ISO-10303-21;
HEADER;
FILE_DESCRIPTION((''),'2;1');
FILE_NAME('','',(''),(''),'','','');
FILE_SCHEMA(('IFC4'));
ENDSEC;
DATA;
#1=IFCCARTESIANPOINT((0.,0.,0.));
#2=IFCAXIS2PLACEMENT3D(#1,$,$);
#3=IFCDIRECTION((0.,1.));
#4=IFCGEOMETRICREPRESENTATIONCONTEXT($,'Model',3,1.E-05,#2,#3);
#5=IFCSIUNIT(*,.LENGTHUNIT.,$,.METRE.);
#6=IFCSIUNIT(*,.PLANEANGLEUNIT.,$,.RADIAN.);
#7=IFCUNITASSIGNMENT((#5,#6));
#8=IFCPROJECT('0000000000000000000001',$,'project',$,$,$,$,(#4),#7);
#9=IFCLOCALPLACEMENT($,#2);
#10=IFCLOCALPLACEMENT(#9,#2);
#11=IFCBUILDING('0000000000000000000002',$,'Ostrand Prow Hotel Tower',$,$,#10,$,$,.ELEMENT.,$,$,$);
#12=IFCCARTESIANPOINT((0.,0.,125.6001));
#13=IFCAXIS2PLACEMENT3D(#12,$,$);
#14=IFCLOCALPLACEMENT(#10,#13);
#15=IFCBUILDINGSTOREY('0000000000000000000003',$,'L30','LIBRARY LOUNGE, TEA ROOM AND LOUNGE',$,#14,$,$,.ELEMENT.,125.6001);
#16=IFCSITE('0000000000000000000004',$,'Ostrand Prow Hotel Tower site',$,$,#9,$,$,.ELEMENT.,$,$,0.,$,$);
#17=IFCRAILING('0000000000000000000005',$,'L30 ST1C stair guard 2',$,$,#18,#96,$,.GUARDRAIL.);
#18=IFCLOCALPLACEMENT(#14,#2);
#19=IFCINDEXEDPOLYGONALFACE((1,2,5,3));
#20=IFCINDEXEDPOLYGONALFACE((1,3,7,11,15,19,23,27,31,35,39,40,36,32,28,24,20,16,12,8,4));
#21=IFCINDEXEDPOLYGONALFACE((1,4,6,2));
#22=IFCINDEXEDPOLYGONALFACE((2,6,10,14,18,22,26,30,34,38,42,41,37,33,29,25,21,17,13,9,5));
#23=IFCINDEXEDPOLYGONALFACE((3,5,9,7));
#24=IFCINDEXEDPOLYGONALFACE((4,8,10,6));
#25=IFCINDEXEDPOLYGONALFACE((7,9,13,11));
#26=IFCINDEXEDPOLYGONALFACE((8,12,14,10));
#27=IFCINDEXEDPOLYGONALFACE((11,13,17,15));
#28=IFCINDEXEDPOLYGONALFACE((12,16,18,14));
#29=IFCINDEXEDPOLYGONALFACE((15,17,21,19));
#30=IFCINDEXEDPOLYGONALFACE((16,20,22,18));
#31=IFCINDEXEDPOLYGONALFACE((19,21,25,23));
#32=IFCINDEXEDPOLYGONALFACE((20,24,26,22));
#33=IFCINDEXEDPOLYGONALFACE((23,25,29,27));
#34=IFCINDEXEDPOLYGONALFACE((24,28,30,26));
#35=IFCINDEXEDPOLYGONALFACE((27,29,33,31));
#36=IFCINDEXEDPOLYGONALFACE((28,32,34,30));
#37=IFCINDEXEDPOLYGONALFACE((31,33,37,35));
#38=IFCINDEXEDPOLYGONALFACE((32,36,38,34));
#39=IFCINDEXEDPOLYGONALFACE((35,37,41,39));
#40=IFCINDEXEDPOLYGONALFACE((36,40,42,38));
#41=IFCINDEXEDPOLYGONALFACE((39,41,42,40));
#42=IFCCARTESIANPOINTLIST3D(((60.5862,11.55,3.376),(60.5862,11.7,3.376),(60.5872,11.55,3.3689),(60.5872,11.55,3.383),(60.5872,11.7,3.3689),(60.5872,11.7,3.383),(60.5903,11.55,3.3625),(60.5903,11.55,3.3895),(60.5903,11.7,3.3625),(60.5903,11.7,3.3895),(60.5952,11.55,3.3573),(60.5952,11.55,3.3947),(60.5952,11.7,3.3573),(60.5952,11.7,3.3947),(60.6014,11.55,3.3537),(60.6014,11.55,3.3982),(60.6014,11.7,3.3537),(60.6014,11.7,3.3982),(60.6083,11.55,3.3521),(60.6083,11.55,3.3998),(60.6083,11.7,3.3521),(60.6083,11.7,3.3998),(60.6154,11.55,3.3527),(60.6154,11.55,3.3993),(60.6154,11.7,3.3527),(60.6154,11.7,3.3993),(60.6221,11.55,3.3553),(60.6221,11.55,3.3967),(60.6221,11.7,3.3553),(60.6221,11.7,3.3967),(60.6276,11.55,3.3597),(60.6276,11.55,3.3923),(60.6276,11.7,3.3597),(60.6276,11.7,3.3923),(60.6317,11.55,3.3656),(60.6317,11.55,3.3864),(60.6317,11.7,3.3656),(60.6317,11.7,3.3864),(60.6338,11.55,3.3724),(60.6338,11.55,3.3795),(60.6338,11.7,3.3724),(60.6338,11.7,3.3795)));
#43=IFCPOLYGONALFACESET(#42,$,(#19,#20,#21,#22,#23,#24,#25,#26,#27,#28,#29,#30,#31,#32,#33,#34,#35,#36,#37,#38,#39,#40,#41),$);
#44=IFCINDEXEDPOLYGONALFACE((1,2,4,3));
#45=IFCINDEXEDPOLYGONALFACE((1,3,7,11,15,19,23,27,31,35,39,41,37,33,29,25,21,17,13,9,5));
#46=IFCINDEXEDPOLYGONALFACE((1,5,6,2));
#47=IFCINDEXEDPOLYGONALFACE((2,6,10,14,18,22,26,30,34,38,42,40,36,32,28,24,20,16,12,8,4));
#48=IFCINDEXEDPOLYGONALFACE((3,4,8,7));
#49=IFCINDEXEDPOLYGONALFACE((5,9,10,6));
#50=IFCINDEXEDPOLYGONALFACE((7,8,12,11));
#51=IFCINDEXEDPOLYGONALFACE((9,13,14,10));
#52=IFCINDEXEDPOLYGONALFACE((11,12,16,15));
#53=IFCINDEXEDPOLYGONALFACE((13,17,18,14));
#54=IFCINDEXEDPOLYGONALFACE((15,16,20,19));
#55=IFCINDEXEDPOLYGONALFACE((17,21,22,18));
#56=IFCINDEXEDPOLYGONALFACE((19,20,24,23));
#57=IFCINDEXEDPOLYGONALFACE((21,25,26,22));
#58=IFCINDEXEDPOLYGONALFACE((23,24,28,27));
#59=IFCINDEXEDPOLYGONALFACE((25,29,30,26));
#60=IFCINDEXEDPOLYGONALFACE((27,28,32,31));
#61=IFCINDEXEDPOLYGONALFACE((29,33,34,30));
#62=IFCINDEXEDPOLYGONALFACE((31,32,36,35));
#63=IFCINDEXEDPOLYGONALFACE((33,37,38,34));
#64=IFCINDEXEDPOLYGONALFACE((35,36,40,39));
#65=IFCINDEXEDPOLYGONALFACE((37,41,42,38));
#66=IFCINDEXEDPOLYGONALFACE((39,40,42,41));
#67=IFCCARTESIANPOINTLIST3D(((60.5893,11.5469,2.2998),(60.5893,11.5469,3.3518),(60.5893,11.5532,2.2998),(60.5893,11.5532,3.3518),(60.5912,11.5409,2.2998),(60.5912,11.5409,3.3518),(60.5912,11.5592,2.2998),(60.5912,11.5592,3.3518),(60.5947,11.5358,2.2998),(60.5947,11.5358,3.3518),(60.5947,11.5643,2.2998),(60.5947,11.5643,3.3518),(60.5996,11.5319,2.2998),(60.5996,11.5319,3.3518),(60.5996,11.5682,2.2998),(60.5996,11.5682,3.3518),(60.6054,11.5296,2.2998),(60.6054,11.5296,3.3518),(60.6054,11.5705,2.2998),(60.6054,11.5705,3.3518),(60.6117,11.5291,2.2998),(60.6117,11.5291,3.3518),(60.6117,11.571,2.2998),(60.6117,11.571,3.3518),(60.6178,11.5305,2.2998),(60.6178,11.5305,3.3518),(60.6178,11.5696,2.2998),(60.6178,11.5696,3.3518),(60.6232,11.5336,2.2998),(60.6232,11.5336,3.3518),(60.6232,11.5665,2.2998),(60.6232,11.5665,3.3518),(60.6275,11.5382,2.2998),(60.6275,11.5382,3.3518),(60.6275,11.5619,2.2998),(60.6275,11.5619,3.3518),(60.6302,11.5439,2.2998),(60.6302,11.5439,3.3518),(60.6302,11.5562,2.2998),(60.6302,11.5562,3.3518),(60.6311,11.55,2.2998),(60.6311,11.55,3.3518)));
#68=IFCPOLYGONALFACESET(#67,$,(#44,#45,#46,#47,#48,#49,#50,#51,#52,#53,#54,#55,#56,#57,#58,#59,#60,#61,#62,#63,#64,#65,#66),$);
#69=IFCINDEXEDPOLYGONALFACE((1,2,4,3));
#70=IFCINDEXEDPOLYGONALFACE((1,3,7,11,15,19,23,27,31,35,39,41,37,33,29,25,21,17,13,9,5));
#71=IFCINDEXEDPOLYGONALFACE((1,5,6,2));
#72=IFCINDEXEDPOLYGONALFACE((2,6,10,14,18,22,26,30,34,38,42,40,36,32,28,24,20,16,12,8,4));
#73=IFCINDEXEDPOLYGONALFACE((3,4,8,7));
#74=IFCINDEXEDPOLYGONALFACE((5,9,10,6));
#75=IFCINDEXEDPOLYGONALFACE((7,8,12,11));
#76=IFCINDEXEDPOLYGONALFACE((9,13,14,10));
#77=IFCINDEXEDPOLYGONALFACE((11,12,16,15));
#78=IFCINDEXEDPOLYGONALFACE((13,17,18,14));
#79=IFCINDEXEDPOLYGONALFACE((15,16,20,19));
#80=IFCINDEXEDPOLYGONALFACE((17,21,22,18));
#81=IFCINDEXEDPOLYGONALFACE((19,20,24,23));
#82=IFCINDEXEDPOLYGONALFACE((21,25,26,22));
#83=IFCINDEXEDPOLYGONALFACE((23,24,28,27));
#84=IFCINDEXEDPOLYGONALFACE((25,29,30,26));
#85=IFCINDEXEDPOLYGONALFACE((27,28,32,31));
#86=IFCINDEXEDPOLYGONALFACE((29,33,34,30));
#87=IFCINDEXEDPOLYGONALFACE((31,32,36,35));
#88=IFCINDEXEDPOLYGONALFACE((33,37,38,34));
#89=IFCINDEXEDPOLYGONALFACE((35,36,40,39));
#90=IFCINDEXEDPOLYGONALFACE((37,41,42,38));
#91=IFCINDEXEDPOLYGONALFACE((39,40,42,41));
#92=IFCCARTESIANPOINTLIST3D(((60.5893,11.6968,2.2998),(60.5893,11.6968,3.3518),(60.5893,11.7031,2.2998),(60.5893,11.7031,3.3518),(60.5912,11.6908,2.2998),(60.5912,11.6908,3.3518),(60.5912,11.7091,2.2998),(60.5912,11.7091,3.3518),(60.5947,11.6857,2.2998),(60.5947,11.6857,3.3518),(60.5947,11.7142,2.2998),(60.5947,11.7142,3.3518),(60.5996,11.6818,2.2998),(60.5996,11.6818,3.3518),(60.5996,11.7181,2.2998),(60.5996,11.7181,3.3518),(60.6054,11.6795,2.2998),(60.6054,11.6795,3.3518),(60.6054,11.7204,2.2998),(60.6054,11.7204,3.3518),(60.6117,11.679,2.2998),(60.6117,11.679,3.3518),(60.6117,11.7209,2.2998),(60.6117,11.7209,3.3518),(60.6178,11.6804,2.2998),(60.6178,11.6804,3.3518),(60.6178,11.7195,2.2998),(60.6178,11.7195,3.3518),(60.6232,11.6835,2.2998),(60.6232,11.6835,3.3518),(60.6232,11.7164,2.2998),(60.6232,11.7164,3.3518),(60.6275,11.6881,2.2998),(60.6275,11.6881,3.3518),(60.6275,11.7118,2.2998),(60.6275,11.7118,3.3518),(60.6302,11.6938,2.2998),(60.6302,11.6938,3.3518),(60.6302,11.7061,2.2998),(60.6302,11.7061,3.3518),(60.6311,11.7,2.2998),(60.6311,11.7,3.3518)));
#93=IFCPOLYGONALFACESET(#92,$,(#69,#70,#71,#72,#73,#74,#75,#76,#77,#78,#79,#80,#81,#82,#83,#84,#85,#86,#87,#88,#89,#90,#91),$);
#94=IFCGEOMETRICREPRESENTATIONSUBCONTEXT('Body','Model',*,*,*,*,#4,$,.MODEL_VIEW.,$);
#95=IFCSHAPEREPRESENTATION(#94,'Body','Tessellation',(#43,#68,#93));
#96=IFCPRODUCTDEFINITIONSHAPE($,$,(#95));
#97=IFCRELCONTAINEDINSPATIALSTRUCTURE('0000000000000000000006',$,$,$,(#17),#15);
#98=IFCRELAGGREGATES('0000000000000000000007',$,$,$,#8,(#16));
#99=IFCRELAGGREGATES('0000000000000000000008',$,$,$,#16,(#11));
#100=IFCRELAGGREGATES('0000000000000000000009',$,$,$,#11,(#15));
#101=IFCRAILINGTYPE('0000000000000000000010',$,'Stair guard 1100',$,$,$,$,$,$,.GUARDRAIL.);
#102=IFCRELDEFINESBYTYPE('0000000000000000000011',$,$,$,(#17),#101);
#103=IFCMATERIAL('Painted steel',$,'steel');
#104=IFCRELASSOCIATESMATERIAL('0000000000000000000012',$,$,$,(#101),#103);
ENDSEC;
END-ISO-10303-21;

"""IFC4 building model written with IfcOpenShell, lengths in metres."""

from ifc_helpers import new_model, si_unit, direction, frame, origin, origin_2d, place, context, subcontext, project, spatial, circle, extrude, material, type_object, element, save


model = new_model("IFC4")

# Units and contexts
model_context = context("Model", 3, precision=1e-05, world=origin(), true_north=direction((0.0, 1.0)))
body_context = subcontext(model_context, "Body", "Model", "MODEL_VIEW")
ifc_project = project(units=[si_unit("LENGTHUNIT", "METRE"), si_unit("PLANEANGLEUNIT", "RADIAN")], contexts=[model_context])

# Site, building, storey
site_placement = place(None, origin())
site = spatial("IfcSite", under=ifc_project, at=site_placement, Name="Ostrand Prow Hotel Tower site", CompositionType="ELEMENT", RefElevation=0.0)
building_placement = place(site_placement, origin())
building = spatial("IfcBuilding", under=site, at=building_placement, Name="Ostrand Prow Hotel Tower", CompositionType="ELEMENT")
storey_placement = place(building_placement, frame((0.0, 0.0, 125.6001)))
storey = spatial("IfcBuildingStorey", under=building, at=storey_placement, Name="L30", Description="LIBRARY LOUNGE, TEA ROOM AND LOUNGE", CompositionType="ELEMENT", Elevation=125.6001)

# Railing
ifc_material_1 = material(Name="Painted steel", Category="steel")
railing_type_1 = type_object("IfcRailingType", Name="Stair guard 1100", PredefinedType="GUARDRAIL", material=ifc_material_1)
railing_1_placement = place(storey_placement, frame((60.6101, 11.55, 2.2998)))
element("IfcRailing", 1, at=railing_1_placement, inside=storey, type_object=railing_type_1, Name="L30 ST1C stair guard 2", PredefinedType="GUARDRAIL", context=body_context, shape_type="SweptSolid", body=[
    extrude(circle(Radius=0.0239, at=origin_2d()), frame((0.0, 0.0, 1.0762), z_axis=(0.0, 1.0, 0.0), x_axis=(-1.0, 0.0, 0.0)), (0.0, 0.0, 1.0), 0.1499),
    extrude(circle(Radius=0.021, at=origin_2d()), origin(), (0.0, 0.0, 1.0), 1.052),
    extrude(circle(Radius=0.021, at=origin_2d()), frame((0.0, 0.1499, 0.0)), (0.0, 0.0, 1.0), 1.052),
])

save(model, "model.ifc")
